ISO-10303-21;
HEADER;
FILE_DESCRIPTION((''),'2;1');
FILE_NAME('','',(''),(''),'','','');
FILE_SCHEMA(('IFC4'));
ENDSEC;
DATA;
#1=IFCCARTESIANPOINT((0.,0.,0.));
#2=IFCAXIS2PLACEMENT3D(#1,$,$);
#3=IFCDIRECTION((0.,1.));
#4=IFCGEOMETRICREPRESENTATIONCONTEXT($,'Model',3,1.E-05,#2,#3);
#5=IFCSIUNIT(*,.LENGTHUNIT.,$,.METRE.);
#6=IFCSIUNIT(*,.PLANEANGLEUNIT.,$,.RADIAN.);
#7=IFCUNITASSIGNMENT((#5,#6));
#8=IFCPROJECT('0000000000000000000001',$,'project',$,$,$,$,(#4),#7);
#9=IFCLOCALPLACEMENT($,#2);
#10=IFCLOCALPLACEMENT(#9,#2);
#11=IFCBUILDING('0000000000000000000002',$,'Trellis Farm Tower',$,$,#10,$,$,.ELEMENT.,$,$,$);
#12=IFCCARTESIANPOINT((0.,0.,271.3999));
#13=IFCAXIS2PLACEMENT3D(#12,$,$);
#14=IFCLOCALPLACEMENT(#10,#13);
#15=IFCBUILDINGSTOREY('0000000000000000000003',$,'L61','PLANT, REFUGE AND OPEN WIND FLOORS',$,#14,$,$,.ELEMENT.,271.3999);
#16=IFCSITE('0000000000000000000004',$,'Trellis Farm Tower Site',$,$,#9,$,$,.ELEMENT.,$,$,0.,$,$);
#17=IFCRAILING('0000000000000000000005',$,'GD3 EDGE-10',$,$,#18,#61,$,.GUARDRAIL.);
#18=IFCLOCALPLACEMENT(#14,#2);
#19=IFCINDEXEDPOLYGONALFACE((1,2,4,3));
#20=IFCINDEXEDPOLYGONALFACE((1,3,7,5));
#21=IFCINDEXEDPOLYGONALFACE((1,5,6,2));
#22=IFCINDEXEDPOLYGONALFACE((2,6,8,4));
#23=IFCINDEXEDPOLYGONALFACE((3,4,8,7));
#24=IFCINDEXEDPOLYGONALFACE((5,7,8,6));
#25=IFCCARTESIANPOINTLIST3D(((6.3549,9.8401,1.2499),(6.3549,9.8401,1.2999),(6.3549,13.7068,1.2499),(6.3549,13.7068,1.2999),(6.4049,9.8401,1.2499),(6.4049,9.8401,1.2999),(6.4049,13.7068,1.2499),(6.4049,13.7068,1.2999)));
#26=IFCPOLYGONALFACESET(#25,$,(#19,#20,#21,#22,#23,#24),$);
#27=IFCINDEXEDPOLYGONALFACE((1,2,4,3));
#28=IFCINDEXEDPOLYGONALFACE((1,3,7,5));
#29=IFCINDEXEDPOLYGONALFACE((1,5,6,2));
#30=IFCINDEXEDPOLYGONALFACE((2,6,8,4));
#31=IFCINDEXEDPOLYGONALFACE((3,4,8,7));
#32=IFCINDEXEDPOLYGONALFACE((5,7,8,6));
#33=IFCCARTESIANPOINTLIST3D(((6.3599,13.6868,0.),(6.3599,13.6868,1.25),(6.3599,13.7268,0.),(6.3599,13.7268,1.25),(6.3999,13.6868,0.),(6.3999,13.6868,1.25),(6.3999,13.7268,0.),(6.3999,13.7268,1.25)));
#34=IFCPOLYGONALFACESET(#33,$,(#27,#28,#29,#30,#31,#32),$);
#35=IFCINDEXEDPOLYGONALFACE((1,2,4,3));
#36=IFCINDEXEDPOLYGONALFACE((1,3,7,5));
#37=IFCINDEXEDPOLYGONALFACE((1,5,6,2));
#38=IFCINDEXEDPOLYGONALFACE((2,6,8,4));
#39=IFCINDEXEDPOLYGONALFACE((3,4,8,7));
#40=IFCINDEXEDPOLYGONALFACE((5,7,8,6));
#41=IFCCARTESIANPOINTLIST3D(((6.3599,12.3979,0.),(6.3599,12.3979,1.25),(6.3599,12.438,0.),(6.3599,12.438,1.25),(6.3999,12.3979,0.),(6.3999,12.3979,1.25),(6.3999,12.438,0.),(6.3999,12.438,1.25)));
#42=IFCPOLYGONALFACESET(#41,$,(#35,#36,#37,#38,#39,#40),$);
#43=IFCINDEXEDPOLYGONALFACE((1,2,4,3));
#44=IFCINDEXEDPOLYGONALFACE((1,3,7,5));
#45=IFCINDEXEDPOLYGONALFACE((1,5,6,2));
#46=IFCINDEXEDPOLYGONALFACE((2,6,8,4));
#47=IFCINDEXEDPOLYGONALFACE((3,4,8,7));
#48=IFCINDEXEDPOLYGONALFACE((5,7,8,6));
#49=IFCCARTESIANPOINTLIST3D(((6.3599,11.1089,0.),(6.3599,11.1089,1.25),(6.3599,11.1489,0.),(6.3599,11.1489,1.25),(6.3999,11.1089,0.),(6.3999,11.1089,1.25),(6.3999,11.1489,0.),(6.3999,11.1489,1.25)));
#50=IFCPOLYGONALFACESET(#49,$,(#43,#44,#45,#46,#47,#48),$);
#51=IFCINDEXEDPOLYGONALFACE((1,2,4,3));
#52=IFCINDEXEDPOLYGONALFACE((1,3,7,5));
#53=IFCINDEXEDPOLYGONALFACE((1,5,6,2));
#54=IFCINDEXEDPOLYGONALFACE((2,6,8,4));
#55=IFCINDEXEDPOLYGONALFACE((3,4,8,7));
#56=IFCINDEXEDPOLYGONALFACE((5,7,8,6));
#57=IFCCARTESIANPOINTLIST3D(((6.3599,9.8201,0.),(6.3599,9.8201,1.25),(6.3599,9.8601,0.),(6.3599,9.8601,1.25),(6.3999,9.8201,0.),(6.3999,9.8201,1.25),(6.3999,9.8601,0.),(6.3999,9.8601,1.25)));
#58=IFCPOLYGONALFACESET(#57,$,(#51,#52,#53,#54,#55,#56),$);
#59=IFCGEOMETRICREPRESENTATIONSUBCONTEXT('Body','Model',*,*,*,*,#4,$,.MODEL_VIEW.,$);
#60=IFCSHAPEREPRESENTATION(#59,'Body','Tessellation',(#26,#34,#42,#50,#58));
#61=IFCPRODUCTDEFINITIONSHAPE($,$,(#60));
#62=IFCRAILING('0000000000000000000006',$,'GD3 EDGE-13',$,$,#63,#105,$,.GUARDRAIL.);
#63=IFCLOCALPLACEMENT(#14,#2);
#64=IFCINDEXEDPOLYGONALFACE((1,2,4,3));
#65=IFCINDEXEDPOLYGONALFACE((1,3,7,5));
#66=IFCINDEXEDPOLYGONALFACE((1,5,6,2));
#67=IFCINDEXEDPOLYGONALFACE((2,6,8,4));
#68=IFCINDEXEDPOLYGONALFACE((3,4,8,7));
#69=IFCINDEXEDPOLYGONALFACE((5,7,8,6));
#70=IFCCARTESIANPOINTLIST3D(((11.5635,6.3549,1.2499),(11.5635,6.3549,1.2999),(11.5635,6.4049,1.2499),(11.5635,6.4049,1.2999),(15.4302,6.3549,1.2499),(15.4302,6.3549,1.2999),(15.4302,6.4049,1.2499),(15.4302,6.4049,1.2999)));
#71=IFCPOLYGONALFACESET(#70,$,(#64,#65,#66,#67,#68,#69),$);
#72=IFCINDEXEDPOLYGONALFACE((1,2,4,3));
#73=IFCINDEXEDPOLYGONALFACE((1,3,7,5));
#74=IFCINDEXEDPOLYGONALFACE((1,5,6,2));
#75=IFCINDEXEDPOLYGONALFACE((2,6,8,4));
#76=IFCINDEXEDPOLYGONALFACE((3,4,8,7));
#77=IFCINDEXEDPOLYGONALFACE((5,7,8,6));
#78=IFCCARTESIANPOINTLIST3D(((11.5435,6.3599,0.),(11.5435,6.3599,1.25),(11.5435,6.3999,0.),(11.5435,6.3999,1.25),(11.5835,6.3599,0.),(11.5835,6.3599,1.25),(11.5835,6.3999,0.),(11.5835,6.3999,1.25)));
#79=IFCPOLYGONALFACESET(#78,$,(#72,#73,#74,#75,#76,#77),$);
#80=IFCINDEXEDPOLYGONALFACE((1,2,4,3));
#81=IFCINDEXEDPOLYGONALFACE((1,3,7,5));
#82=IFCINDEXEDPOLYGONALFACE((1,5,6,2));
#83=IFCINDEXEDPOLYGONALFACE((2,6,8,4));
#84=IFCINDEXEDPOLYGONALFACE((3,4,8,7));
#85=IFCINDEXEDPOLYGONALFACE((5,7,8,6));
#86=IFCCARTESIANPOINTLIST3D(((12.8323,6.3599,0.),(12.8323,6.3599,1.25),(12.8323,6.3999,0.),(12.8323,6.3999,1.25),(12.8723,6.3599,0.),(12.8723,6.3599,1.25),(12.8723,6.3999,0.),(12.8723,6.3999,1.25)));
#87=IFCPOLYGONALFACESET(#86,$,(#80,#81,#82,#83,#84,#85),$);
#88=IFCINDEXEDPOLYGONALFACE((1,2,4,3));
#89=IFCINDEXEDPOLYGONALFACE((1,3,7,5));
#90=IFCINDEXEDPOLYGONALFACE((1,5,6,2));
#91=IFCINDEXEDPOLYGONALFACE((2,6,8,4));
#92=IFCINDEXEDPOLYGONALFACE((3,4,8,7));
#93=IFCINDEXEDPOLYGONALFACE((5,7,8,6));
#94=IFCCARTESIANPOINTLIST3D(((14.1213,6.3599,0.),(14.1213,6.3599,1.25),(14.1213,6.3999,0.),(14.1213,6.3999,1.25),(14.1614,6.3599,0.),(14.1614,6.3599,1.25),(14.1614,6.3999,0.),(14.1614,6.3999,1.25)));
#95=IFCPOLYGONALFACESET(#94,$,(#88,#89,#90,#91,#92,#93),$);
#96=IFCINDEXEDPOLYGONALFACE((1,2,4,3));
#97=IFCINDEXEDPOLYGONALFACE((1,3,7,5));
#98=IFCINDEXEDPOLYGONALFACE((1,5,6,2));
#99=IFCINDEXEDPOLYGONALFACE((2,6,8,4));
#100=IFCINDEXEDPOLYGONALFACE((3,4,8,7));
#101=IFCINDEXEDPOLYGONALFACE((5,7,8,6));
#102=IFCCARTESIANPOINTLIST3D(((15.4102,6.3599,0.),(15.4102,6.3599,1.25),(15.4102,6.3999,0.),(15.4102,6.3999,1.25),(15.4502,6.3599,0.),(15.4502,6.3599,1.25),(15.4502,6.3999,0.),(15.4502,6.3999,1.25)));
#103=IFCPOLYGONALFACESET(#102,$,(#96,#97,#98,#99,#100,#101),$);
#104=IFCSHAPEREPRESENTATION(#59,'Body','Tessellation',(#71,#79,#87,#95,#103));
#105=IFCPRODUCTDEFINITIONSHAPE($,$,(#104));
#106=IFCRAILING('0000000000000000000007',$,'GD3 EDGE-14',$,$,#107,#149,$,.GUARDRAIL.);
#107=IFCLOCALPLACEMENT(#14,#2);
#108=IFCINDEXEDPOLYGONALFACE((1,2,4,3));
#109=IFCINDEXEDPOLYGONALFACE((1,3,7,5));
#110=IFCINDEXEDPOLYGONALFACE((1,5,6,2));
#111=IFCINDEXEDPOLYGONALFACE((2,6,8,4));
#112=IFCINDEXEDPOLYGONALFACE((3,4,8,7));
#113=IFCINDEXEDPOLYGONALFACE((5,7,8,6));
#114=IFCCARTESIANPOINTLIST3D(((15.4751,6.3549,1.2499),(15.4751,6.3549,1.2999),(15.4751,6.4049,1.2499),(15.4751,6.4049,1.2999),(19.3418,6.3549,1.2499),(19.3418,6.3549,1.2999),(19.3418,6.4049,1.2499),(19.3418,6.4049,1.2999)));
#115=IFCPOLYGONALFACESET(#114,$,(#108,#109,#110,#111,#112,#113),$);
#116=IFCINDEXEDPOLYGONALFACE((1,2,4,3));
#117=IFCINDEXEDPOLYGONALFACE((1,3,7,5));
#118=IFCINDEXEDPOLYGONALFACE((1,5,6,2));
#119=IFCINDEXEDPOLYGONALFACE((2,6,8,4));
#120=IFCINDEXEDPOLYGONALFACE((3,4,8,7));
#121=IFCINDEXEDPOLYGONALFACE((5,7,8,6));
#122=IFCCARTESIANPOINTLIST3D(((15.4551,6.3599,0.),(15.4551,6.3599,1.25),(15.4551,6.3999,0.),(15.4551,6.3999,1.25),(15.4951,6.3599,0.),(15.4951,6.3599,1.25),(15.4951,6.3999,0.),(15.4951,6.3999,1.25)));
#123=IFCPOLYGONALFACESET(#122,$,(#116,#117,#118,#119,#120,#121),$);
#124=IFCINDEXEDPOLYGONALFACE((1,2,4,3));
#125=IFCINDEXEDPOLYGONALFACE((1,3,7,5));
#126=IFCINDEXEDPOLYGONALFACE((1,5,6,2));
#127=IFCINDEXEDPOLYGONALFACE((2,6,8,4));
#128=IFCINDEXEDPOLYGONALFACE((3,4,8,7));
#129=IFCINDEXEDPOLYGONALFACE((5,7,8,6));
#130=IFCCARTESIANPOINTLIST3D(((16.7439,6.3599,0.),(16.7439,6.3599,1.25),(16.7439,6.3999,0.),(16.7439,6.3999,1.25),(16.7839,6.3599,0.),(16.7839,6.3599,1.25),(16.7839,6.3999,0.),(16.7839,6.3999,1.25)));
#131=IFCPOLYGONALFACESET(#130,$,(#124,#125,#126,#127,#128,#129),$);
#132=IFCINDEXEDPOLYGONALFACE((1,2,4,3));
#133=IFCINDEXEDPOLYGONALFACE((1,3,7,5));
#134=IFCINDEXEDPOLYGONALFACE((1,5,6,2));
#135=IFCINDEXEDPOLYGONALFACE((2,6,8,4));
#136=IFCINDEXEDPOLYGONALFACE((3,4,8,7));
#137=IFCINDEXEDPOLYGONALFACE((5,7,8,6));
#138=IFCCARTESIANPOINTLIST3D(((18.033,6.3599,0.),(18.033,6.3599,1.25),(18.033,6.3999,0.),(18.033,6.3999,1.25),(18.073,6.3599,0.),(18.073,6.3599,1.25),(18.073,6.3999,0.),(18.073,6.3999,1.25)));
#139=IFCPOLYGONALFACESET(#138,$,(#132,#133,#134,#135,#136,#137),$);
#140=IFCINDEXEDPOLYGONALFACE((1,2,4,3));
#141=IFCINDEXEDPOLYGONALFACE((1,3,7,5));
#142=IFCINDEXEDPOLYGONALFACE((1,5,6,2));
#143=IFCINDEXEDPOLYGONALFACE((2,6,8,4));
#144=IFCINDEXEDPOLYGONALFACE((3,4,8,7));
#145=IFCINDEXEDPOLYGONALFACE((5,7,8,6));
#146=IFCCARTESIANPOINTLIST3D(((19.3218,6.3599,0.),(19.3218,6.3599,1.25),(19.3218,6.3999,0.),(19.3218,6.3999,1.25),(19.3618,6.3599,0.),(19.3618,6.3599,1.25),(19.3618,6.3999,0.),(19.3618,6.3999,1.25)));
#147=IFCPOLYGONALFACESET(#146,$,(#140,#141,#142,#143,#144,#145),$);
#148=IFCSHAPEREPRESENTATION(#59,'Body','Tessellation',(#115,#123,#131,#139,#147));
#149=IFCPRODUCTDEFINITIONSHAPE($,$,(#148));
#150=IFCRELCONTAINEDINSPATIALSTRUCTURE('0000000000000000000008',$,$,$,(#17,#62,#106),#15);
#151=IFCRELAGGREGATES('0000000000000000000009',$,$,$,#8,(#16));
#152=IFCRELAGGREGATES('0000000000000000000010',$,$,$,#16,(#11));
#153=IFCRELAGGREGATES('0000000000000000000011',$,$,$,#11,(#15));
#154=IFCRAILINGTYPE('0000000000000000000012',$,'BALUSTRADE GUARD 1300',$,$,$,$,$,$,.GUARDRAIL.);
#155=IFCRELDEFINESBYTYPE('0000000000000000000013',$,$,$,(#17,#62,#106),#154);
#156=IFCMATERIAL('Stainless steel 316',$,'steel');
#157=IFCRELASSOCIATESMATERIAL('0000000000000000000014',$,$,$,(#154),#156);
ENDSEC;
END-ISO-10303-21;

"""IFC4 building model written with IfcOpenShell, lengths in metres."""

from ifc_helpers import new_model, si_unit, direction, frame, origin, origin_2d, place, context, subcontext, project, spatial, rectangle, extrude, source, transform, mapped, material, type_object, element, save


model = new_model("IFC4")

# Units and contexts
model_context = context("Model", 3, precision=1e-05, world=origin(), true_north=direction((0.0, 1.0)))
body_context = subcontext(model_context, "Body", "Model", "MODEL_VIEW")
ifc_project = project(units=[si_unit("LENGTHUNIT", "METRE"), si_unit("PLANEANGLEUNIT", "RADIAN")], contexts=[model_context])

# Site, building, storey
site_placement = place(None, origin())
site = spatial("IfcSite", under=ifc_project, at=site_placement, Name="Trellis Farm Tower Site", CompositionType="ELEMENT", RefElevation=0.0)
building_placement = place(site_placement, origin())
building = spatial("IfcBuilding", under=site, at=building_placement, Name="Trellis Farm Tower", CompositionType="ELEMENT")
storey_placement = place(building_placement, frame((0.0, 0.0, 271.3999)))
storey = spatial("IfcBuildingStorey", under=building, at=storey_placement, Name="L61", Description="PLANT, REFUGE AND OPEN WIND FLOORS", CompositionType="ELEMENT", Elevation=271.3999)

# Railings
ifc_material_1 = material(Name="Stainless steel 316", Category="steel")
railing_type = type_object("IfcRailingType", Name="BALUSTRADE GUARD 1300", PredefinedType="GUARDRAIL", material=ifc_material_1)
shared_shape_1 = source(origin(), body_context, "Body", "SweptSolid", [
    extrude(rectangle(XDim=0.05, YDim=0.05, at=origin_2d()), frame((0.0, 0.0, 1.2749), z_axis=(0.0, -1.0, 0.0), x_axis=(1.0, 0.0, 0.0)), (0.0, 0.0, 1.0), 3.8667),
    extrude(rectangle(XDim=0.04, YDim=0.04, at=origin_2d()), origin(), (0.0, 0.0, 1.0), 1.25),
    extrude(rectangle(XDim=0.04, YDim=0.04, at=origin_2d()), frame((0.0, -1.2888, 0.0)), (0.0, 0.0, 1.0), 1.25),
    extrude(rectangle(XDim=0.04, YDim=0.04, at=origin_2d()), frame((0.0, -2.5779, 0.0)), (0.0, 0.0, 1.0), 1.25),
    extrude(rectangle(XDim=0.04, YDim=0.04, at=origin_2d()), frame((0.0, -3.8667, 0.0)), (0.0, 0.0, 1.0), 1.25),
])
for number, where, name in (
    (1, (6.3799, 13.7068, 0.0), "GD3 EDGE-10"),
):
    element("IfcRailing", number, at=place(storey_placement, frame(where)), inside=storey, type_object=railing_type, Name=name, PredefinedType="GUARDRAIL", context=body_context, shape_type="MappedRepresentation", body=[
        mapped(shared_shape_1, transform((0.0, 0.0, 0.0))),
    ])
shared_shape_2 = source(origin(), body_context, "Body", "SweptSolid", [
    extrude(rectangle(XDim=0.05, YDim=0.05, at=origin_2d()), frame((0.0, 0.0, 1.2749), z_axis=(1.0, 0.0, 0.0), x_axis=(0.0, 1.0, 0.0)), (0.0, 0.0, 1.0), 3.8667),
    extrude(rectangle(XDim=0.04, YDim=0.04, at=origin_2d()), origin(), (0.0, 0.0, 1.0), 1.25),
    extrude(rectangle(XDim=0.04, YDim=0.04, at=origin_2d()), frame((1.2888, 0.0, 0.0)), (0.0, 0.0, 1.0), 1.25),
    extrude(rectangle(XDim=0.04, YDim=0.04, at=origin_2d()), frame((2.5779, 0.0, 0.0)), (0.0, 0.0, 1.0), 1.25),
    extrude(rectangle(XDim=0.04, YDim=0.04, at=origin_2d()), frame((3.8667, 0.0, 0.0)), (0.0, 0.0, 1.0), 1.25),
])
for number, where, name in (
    (2, (11.5635, 6.3799, 0.0), "GD3 EDGE-13"),
    (3, (15.4751, 6.3799, 0.0), "GD3 EDGE-14"),
):
    element("IfcRailing", number, at=place(storey_placement, frame(where)), inside=storey, type_object=railing_type, Name=name, PredefinedType="GUARDRAIL", context=body_context, shape_type="MappedRepresentation", body=[
        mapped(shared_shape_2, transform((0.0, 0.0, 0.0))),
    ])

save(model, "model.ifc")
